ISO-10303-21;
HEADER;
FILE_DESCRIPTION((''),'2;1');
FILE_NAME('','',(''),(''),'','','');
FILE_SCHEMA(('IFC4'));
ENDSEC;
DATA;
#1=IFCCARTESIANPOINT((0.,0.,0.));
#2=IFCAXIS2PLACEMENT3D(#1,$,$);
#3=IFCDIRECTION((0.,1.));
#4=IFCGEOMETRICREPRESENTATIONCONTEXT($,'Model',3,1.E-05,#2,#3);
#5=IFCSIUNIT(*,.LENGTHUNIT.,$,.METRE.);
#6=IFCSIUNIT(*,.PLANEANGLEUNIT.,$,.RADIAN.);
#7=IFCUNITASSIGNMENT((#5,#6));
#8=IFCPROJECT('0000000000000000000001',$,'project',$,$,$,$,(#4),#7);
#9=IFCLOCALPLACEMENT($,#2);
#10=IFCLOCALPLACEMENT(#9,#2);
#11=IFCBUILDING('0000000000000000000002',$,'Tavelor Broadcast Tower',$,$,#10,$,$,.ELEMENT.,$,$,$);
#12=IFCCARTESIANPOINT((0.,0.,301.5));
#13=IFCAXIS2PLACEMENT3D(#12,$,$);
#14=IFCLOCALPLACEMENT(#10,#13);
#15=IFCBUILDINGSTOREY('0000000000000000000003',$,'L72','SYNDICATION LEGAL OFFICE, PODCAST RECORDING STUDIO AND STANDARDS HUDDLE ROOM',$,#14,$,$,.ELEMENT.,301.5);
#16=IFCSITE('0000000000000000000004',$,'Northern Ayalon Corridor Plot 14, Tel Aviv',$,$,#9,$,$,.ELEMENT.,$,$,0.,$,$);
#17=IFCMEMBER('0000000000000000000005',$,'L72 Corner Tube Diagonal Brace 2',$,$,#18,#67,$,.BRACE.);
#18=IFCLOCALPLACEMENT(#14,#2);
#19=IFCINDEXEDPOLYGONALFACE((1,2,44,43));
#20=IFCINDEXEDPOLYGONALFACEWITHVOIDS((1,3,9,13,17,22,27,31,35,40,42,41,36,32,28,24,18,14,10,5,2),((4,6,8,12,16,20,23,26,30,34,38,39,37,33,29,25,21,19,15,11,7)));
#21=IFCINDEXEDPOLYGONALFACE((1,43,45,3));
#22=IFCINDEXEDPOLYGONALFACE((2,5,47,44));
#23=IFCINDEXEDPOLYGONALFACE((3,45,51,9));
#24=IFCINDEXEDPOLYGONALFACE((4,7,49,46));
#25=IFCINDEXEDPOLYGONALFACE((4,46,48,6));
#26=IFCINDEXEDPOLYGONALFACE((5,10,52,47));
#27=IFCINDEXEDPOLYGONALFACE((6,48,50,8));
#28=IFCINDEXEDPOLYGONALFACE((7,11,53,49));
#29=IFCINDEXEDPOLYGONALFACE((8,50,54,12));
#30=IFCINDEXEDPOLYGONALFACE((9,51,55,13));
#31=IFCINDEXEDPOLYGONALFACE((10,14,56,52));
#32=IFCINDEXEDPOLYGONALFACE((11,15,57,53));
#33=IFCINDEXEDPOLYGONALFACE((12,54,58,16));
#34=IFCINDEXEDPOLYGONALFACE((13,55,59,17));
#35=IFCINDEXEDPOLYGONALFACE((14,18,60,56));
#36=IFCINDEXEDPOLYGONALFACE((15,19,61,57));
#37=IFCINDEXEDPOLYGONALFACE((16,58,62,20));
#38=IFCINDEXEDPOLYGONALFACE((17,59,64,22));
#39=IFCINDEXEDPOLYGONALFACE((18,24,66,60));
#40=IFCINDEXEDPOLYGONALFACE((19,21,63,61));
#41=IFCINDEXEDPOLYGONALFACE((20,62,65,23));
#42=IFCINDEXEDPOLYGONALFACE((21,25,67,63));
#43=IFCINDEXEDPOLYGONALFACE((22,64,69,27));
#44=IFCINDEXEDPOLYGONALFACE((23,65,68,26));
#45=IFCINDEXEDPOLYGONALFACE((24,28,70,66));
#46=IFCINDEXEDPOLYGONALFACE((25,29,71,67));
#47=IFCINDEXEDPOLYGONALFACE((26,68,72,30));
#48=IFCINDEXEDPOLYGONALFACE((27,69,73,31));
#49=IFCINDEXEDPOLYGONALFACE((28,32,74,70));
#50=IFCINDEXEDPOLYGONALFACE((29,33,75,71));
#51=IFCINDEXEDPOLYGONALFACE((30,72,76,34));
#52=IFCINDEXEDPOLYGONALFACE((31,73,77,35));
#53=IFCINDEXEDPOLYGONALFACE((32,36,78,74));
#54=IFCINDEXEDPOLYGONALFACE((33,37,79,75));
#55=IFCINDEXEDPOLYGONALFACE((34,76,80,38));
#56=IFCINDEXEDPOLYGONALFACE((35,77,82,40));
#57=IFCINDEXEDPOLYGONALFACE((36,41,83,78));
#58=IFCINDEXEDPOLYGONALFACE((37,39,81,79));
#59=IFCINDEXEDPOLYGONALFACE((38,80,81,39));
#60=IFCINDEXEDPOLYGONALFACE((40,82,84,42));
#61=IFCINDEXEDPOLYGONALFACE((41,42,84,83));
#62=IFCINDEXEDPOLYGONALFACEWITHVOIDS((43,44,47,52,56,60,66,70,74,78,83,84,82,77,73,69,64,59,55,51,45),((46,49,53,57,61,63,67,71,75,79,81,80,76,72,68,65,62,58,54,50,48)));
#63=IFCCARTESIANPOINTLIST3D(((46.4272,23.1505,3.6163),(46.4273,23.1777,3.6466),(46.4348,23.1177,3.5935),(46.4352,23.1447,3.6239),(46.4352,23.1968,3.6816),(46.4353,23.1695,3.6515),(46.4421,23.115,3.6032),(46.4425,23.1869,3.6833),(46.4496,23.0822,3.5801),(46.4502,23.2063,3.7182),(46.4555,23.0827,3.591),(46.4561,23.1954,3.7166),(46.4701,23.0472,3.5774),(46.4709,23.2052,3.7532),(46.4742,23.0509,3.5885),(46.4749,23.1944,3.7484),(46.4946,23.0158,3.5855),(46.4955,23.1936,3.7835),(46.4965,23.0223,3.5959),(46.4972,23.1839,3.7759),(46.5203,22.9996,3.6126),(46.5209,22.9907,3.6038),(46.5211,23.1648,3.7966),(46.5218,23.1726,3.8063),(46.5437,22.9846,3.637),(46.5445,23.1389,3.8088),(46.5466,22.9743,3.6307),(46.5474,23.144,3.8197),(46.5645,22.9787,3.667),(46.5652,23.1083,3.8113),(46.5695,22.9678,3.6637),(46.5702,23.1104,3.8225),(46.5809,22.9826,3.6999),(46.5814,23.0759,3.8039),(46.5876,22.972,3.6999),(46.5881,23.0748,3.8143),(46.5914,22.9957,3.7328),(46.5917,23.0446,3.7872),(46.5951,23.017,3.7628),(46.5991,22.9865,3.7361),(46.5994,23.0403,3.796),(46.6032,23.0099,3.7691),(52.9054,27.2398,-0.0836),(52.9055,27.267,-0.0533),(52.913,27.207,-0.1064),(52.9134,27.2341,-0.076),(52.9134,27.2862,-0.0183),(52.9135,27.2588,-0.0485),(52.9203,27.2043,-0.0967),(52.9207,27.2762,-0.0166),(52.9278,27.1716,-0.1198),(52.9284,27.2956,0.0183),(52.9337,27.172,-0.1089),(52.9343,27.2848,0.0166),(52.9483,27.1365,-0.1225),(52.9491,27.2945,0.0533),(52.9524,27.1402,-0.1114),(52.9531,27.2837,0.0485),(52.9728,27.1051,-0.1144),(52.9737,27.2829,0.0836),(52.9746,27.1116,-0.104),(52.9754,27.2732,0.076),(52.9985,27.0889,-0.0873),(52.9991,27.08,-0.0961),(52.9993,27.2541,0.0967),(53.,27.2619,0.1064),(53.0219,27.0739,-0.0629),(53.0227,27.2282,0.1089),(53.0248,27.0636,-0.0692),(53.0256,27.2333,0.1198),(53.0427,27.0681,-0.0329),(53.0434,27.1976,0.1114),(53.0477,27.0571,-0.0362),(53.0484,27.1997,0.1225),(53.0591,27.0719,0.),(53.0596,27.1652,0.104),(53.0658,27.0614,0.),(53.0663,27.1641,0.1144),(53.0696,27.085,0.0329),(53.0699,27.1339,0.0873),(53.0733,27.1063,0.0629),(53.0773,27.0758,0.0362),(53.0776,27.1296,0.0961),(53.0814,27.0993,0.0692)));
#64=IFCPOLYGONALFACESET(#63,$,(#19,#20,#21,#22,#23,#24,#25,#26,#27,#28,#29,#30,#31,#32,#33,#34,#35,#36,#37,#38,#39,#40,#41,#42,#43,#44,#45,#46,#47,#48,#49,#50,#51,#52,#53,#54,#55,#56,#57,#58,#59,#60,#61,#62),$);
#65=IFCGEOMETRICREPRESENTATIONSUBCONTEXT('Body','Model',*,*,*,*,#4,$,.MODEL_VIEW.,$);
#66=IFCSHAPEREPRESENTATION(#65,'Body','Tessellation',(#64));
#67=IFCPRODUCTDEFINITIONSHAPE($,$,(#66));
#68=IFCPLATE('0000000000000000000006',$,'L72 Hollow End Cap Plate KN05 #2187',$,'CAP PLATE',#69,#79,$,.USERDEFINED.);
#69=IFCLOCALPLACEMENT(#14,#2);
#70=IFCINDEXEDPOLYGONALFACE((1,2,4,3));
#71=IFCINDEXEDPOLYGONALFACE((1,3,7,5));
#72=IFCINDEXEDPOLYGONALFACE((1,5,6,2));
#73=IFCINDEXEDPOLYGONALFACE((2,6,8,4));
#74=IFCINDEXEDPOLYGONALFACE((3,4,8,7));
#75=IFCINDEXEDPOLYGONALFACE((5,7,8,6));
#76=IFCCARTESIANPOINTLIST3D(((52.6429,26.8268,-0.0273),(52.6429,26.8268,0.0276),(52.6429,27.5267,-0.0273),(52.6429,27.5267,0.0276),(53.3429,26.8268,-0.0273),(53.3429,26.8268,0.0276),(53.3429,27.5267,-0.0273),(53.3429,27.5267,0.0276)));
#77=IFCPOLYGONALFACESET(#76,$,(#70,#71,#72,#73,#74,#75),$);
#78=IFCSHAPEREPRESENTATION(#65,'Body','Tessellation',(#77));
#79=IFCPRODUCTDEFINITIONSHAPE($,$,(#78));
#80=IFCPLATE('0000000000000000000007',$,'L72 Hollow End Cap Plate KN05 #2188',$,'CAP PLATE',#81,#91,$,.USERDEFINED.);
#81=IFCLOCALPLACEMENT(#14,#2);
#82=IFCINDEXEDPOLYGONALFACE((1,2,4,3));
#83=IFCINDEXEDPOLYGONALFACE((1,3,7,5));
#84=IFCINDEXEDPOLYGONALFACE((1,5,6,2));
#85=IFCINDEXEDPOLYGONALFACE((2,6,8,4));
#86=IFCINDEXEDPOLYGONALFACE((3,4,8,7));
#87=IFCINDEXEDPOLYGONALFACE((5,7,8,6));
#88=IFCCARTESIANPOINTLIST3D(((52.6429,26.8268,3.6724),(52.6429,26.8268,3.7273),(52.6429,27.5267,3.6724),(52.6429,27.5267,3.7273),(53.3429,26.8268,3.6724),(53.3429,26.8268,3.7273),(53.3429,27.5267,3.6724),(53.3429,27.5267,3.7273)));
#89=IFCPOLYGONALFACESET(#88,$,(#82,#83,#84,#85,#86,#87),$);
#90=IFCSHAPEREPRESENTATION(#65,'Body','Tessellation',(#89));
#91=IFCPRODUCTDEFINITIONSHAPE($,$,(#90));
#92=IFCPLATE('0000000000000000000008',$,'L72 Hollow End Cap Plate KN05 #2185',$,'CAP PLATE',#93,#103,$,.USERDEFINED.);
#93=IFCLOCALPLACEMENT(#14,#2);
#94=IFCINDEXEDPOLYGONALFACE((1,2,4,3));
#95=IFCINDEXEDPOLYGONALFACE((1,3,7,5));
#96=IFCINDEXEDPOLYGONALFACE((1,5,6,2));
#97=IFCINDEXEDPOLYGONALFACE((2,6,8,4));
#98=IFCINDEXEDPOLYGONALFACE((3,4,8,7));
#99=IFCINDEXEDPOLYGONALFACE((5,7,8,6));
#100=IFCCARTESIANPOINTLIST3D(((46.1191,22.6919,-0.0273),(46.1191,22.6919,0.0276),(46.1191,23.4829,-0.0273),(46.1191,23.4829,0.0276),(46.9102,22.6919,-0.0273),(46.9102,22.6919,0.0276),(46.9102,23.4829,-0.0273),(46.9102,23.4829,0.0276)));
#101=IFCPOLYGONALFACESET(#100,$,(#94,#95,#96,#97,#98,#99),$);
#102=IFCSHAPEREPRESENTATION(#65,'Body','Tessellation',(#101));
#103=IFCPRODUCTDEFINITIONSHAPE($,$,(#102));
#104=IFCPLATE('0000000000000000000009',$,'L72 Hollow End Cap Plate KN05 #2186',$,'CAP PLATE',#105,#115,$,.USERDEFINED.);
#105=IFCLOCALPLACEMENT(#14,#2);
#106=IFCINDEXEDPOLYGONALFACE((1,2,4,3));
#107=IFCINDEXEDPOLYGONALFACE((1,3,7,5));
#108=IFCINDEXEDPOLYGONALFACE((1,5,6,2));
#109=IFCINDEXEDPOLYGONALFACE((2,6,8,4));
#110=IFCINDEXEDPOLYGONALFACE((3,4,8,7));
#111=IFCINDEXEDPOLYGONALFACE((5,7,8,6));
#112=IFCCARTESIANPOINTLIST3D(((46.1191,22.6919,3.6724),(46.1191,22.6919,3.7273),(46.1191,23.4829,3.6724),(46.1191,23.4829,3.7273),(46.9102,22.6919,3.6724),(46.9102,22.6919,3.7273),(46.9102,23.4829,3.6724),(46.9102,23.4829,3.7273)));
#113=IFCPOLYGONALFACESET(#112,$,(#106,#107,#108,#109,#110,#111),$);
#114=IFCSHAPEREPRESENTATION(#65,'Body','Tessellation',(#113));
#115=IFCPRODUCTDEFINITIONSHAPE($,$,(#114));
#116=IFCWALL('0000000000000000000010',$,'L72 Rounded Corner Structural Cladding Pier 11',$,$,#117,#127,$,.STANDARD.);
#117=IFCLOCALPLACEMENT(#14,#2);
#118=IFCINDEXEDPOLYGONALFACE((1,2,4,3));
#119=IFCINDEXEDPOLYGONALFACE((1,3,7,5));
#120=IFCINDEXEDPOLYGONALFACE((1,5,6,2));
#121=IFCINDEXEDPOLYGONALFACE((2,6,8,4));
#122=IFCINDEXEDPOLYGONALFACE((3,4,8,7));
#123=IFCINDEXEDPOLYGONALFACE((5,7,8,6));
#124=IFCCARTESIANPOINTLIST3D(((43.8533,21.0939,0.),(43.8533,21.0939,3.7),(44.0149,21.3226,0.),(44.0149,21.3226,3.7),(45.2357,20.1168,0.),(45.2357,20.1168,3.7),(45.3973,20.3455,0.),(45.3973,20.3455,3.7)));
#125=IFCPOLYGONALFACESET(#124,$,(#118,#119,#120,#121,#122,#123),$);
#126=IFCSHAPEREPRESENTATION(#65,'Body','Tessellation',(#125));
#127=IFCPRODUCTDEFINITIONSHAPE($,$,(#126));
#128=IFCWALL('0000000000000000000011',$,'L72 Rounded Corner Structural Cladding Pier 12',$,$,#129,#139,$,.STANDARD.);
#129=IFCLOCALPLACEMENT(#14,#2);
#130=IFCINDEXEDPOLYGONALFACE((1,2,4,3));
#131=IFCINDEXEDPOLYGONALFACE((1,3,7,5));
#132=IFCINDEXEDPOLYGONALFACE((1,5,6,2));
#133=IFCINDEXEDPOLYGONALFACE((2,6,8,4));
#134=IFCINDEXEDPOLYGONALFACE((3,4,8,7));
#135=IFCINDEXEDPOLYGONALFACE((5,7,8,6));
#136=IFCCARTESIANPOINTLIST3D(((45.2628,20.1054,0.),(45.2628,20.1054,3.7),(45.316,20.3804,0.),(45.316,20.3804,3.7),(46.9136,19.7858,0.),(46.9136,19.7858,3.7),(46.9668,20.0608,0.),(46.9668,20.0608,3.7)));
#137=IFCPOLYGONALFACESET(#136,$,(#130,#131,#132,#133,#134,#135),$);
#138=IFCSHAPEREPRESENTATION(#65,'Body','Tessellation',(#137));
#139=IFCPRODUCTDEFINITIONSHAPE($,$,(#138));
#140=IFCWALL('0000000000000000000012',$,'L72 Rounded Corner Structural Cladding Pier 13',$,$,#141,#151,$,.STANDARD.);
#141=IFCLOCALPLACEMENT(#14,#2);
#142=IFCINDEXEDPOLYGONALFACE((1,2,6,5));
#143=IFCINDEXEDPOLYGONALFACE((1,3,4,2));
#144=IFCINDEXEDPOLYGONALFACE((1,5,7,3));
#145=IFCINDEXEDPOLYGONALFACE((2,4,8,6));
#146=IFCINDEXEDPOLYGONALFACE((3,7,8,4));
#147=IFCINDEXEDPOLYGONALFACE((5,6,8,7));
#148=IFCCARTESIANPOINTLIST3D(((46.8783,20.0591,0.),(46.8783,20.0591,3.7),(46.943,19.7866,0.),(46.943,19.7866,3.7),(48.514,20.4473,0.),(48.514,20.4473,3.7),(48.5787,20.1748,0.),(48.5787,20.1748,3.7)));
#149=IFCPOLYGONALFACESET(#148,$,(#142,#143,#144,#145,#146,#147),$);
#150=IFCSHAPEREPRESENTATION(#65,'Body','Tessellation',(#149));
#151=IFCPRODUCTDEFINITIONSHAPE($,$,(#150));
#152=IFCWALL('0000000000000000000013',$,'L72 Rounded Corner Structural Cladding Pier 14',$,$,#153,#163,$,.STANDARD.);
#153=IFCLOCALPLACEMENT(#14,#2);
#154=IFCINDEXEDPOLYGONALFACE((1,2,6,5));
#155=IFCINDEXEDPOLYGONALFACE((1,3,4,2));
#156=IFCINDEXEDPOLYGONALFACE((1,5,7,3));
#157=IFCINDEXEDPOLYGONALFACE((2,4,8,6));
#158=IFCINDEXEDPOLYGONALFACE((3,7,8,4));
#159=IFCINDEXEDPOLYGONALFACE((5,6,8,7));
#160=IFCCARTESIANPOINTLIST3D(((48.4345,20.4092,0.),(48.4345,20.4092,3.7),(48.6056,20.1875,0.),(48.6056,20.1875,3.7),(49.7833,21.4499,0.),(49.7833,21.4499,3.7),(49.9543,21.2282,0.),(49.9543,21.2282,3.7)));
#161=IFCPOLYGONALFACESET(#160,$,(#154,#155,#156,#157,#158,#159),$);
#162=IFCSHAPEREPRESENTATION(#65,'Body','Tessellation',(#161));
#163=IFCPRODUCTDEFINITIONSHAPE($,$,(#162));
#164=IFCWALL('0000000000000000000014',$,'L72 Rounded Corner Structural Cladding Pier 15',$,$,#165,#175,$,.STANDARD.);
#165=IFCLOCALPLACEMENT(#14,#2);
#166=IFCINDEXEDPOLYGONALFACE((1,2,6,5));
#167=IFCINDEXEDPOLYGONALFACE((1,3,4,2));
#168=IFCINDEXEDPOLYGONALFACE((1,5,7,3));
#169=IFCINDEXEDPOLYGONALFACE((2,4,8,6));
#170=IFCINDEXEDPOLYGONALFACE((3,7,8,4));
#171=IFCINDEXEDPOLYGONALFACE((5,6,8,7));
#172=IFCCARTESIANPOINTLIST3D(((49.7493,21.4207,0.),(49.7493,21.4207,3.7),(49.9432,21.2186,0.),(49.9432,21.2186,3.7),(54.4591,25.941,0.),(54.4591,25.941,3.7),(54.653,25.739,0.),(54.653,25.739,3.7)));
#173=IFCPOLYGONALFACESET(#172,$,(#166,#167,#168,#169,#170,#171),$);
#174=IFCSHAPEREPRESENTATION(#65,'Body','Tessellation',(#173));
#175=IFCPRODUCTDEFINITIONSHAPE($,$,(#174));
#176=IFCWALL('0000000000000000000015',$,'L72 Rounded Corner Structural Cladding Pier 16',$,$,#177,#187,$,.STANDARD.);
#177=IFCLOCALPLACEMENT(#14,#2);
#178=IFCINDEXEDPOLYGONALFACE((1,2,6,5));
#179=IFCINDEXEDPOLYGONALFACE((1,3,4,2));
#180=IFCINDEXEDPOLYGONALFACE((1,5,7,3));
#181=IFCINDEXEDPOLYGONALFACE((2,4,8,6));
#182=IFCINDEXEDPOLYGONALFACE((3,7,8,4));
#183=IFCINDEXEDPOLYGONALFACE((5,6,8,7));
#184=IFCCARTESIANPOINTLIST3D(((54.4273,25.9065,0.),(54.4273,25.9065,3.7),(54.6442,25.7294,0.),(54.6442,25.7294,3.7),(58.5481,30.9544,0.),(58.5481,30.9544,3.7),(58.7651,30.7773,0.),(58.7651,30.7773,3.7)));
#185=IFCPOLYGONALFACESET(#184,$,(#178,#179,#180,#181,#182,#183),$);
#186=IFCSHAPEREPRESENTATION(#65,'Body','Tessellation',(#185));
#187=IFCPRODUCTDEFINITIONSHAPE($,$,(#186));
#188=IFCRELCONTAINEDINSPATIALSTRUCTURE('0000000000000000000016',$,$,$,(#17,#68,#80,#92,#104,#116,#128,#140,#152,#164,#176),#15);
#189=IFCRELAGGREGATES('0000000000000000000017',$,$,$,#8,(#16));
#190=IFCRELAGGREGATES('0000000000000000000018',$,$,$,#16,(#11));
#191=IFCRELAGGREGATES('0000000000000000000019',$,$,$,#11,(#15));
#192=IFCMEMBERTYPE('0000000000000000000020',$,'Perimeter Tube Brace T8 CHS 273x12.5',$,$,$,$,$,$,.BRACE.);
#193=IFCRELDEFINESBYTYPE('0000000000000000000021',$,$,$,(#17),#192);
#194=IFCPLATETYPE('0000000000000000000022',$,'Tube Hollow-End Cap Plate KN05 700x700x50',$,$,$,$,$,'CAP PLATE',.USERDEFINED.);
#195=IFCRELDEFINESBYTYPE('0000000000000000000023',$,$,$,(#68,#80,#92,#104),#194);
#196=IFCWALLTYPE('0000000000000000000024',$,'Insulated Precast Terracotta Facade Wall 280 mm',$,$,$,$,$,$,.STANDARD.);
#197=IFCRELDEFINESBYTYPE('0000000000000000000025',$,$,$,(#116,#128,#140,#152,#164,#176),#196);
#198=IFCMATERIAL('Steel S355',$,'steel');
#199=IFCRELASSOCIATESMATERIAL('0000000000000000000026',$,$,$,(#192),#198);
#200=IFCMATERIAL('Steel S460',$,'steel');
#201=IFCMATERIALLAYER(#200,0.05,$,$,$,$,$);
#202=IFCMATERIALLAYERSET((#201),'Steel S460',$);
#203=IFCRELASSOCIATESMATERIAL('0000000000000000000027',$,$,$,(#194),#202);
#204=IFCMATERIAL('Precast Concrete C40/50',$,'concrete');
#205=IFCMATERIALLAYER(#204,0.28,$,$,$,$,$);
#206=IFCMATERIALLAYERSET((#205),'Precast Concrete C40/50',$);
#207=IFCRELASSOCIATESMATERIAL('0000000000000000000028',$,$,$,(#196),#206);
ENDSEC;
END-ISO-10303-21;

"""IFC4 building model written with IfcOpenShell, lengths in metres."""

from ifc_helpers import new_model, si_unit, direction, frame, frame_2d, origin, origin_2d, place, context, subcontext, project, spatial, rectangle, hollow_circle, extrude, source, transform, mapped, material, layer, layer_set, material_profile, profile_set, type_object, type_shapes, element, save


model = new_model("IFC4")

# Units and contexts
model_context = context("Model", 3, precision=1e-05, world=origin(), true_north=direction((0.0, 1.0)))
body_context = subcontext(model_context, "Body", "Model", "MODEL_VIEW")
ifc_project = project(units=[si_unit("LENGTHUNIT", "METRE"), si_unit("PLANEANGLEUNIT", "RADIAN")], contexts=[model_context])

# Site, building, storey
site_placement = place(None, origin())
site = spatial("IfcSite", under=ifc_project, at=site_placement, Name="Northern Ayalon Corridor Plot 14, Tel Aviv", CompositionType="ELEMENT", RefElevation=0.0)
building_placement = place(site_placement, origin())
building = spatial("IfcBuilding", under=site, at=building_placement, Name="Tavelor Broadcast Tower", CompositionType="ELEMENT")
storey_placement = place(building_placement, frame((0.0, 0.0, 301.5)))
storey = spatial("IfcBuildingStorey", under=building, at=storey_placement, Name="L72", Description="SYNDICATION LEGAL OFFICE, PODCAST RECORDING STUDIO AND STANDARDS HUDDLE ROOM", CompositionType="ELEMENT", Elevation=301.5)

# Shared definitions
ifc_material_1 = material(Name="Steel S460", Category="steel")

# Shared definitions
ifc_material_2 = material(Name="Steel S355", Category="steel")

# Member
ifc_material_profile_1 = material_profile(ifc_material_2, hollow_circle(Radius=0.1365, WallThickness=0.0125, at=origin_2d()), Name="CHS 273x12.5")
ifc_profile_set_1 = profile_set([ifc_material_profile_1], Name="Steel S355")
member_type = type_object("IfcMemberType", Name="Perimeter Tube Brace T8 CHS 273x12.5", PredefinedType="BRACE", material=ifc_profile_set_1)
member_placement = place(storey_placement, frame((52.9929, 27.1768, 0.0), z_axis=(-0.761462, -0.480667, 0.434896), x_axis=(0.533789, -0.845618, 0.0)))
element("IfcMember", 1, at=member_placement, inside=storey, type_object=member_type, Name="L72 Corner Tube Diagonal Brace 2", PredefinedType="BRACE", context=body_context, shape_type="SweptSolid", body=[
    extrude(hollow_circle(Radius=0.1365, WallThickness=0.0125, at=origin_2d()), origin(), (0.0, 0.0, 1.0), 8.5076),
])

# Plates
ifc_layer_1 = layer(ifc_material_1, 0.05)
ifc_layer_set_1 = layer_set([ifc_layer_1], Name="Steel S460")
plate_type = type_object("IfcPlateType", Name="Tube Hollow-End Cap Plate KN05 700x700x50", ElementType="CAP PLATE", PredefinedType="USERDEFINED", material=ifc_layer_set_1)
shared_shape_1 = source(origin(), body_context, "Body", "SweptSolid", [
    extrude(rectangle(XDim=0.7, YDim=0.7, at=origin_2d()), origin(), (0.0, 0.0, 1.0), 0.0549),
])
for number, where, z_axis, x_axis, name in (
    (2, (52.9929, 27.1768, -0.0273), (0.0, 0.0, 1.0), (1.0, 0.0, 0.0), "L72 Hollow End Cap Plate KN05 #2187"),
    (3, (52.9929, 27.1768, 3.6724), (0.0, 0.0, 1.0), (1.0, 0.0, 0.0), "L72 Hollow End Cap Plate KN05 #2188"),
):
    element("IfcPlate", number, at=place(storey_placement, frame(where, z_axis=z_axis, x_axis=x_axis)), inside=storey, type_object=plate_type, Name=name, ObjectType="CAP PLATE", PredefinedType="USERDEFINED", context=body_context, shape_type="MappedRepresentation", body=[
        mapped(shared_shape_1, transform((0.0, 0.0, 0.0), scale=1.0)),
    ])
shared_shape_2 = source(origin(), body_context, "Body", "SweptSolid", [
    extrude(rectangle(XDim=0.791, YDim=0.791, at=origin_2d()), origin(), (0.0, 0.0, 1.0), 0.0549),
])
type_shapes(plate_type, [shared_shape_1, shared_shape_2])
for number, where, z_axis, x_axis, name in (
    (4, (46.5146, 23.0874, -0.0273), (0.0, 0.0, 1.0), (1.0, 0.0, 0.0), "L72 Hollow End Cap Plate KN05 #2185"),
    (5, (46.5146, 23.0874, 3.6724), (0.0, 0.0, 1.0), (1.0, 0.0, 0.0), "L72 Hollow End Cap Plate KN05 #2186"),
):
    element("IfcPlate", number, at=place(storey_placement, frame(where, z_axis=z_axis, x_axis=x_axis)), inside=storey, type_object=plate_type, Name=name, ObjectType="CAP PLATE", PredefinedType="USERDEFINED", context=body_context, shape_type="MappedRepresentation", body=[
        mapped(shared_shape_2, transform((0.0, 0.0, 0.0), scale=1.0)),
    ])

# Walls
ifc_material_3 = material(Name="Precast Concrete C40/50", Category="concrete")
ifc_layer_2 = layer(ifc_material_3, 0.28)
ifc_layer_set_2 = layer_set([ifc_layer_2], Name="Precast Concrete C40/50")
wall_type_1 = type_object("IfcWallType", Name="Insulated Precast Terracotta Facade Wall 280 mm", PredefinedType="STANDARD", material=ifc_layer_set_2)
wall_1_placement = place(storey_placement, frame((43.9341, 21.2083, 0.0), z_axis=(0.0, 0.0, 1.0), x_axis=(0.816608, -0.577193, 0.0)))
element("IfcWall", 6, at=wall_1_placement, inside=storey, type_object=wall_type_1, Name="L72 Rounded Corner Structural Cladding Pier 11", PredefinedType="STANDARD", context=body_context, shape_type="SweptSolid", body=[
    extrude(rectangle(XDim=1.6929, YDim=0.28, at=frame_2d((0.8464, 0.0))), origin(), (0.0, 0.0, 1.0), 3.7),
])
wall_2_placement = place(storey_placement, frame((45.2893, 20.2429, 0.0), z_axis=(0.0, 0.0, 1.0), x_axis=(0.981768, -0.190081, 0.0)))
element("IfcWall", 7, at=wall_2_placement, inside=storey, type_object=wall_type_1, Name="L72 Rounded Corner Structural Cladding Pier 12", PredefinedType="STANDARD", context=body_context, shape_type="SweptSolid", body=[
    extrude(rectangle(XDim=1.6814, YDim=0.28, at=frame_2d((0.8408, 0.0))), origin(), (0.0, 0.0, 1.0), 3.7),
])
wall_3_placement = place(storey_placement, frame((46.9106, 19.9229, 0.0), z_axis=(0.0, 0.0, 1.0), x_axis=(0.972977, 0.230901, 0.0)))
element("IfcWall", 8, at=wall_3_placement, inside=storey, type_object=wall_type_1, Name="L72 Rounded Corner Structural Cladding Pier 13", PredefinedType="STANDARD", context=body_context, shape_type="SweptSolid", body=[
    extrude(rectangle(XDim=1.6812, YDim=0.28, at=frame_2d((0.8406, 0.0))), origin(), (0.0, 0.0, 1.0), 3.7),
])
wall_4_placement = place(storey_placement, frame((48.52, 20.2983, 0.0), z_axis=(0.0, 0.0, 1.0), x_axis=(0.791723, 0.61088, 0.0)))
element("IfcWall", 9, at=wall_4_placement, inside=storey, type_object=wall_type_1, Name="L72 Rounded Corner Structural Cladding Pier 14", PredefinedType="STANDARD", context=body_context, shape_type="SweptSolid", body=[
    extrude(rectangle(XDim=1.7036, YDim=0.28, at=frame_2d((0.8518, 0.0))), origin(), (0.0, 0.0, 1.0), 3.7),
])
wall_5_placement = place(storey_placement, frame((49.8462, 21.3196, 0.0), z_axis=(0.0, 0.0, 1.0), x_axis=(0.721469, 0.692447, 0.0)))
element("IfcWall", 10, at=wall_5_placement, inside=storey, type_object=wall_type_1, Name="L72 Rounded Corner Structural Cladding Pier 15", PredefinedType="STANDARD", context=body_context, shape_type="SweptSolid", body=[
    extrude(rectangle(XDim=6.5281, YDim=0.28, at=frame_2d((3.2642, 0.0))), origin(), (0.0, 0.0, 1.0), 3.7),
])
wall_6_placement = place(storey_placement, frame((54.5356, 25.8179, 0.0), z_axis=(0.0, 0.0, 1.0), x_axis=(0.632391, 0.77465, 0.0)))
element("IfcWall", 11, at=wall_6_placement, inside=storey, type_object=wall_type_1, Name="L72 Rounded Corner Structural Cladding Pier 16", PredefinedType="STANDARD", context=body_context, shape_type="SweptSolid", body=[
    extrude(rectangle(XDim=6.5164, YDim=0.28, at=frame_2d((3.2583, 0.0))), origin(), (0.0, 0.0, 1.0), 3.7),
])

save(model, "model.ifc")
